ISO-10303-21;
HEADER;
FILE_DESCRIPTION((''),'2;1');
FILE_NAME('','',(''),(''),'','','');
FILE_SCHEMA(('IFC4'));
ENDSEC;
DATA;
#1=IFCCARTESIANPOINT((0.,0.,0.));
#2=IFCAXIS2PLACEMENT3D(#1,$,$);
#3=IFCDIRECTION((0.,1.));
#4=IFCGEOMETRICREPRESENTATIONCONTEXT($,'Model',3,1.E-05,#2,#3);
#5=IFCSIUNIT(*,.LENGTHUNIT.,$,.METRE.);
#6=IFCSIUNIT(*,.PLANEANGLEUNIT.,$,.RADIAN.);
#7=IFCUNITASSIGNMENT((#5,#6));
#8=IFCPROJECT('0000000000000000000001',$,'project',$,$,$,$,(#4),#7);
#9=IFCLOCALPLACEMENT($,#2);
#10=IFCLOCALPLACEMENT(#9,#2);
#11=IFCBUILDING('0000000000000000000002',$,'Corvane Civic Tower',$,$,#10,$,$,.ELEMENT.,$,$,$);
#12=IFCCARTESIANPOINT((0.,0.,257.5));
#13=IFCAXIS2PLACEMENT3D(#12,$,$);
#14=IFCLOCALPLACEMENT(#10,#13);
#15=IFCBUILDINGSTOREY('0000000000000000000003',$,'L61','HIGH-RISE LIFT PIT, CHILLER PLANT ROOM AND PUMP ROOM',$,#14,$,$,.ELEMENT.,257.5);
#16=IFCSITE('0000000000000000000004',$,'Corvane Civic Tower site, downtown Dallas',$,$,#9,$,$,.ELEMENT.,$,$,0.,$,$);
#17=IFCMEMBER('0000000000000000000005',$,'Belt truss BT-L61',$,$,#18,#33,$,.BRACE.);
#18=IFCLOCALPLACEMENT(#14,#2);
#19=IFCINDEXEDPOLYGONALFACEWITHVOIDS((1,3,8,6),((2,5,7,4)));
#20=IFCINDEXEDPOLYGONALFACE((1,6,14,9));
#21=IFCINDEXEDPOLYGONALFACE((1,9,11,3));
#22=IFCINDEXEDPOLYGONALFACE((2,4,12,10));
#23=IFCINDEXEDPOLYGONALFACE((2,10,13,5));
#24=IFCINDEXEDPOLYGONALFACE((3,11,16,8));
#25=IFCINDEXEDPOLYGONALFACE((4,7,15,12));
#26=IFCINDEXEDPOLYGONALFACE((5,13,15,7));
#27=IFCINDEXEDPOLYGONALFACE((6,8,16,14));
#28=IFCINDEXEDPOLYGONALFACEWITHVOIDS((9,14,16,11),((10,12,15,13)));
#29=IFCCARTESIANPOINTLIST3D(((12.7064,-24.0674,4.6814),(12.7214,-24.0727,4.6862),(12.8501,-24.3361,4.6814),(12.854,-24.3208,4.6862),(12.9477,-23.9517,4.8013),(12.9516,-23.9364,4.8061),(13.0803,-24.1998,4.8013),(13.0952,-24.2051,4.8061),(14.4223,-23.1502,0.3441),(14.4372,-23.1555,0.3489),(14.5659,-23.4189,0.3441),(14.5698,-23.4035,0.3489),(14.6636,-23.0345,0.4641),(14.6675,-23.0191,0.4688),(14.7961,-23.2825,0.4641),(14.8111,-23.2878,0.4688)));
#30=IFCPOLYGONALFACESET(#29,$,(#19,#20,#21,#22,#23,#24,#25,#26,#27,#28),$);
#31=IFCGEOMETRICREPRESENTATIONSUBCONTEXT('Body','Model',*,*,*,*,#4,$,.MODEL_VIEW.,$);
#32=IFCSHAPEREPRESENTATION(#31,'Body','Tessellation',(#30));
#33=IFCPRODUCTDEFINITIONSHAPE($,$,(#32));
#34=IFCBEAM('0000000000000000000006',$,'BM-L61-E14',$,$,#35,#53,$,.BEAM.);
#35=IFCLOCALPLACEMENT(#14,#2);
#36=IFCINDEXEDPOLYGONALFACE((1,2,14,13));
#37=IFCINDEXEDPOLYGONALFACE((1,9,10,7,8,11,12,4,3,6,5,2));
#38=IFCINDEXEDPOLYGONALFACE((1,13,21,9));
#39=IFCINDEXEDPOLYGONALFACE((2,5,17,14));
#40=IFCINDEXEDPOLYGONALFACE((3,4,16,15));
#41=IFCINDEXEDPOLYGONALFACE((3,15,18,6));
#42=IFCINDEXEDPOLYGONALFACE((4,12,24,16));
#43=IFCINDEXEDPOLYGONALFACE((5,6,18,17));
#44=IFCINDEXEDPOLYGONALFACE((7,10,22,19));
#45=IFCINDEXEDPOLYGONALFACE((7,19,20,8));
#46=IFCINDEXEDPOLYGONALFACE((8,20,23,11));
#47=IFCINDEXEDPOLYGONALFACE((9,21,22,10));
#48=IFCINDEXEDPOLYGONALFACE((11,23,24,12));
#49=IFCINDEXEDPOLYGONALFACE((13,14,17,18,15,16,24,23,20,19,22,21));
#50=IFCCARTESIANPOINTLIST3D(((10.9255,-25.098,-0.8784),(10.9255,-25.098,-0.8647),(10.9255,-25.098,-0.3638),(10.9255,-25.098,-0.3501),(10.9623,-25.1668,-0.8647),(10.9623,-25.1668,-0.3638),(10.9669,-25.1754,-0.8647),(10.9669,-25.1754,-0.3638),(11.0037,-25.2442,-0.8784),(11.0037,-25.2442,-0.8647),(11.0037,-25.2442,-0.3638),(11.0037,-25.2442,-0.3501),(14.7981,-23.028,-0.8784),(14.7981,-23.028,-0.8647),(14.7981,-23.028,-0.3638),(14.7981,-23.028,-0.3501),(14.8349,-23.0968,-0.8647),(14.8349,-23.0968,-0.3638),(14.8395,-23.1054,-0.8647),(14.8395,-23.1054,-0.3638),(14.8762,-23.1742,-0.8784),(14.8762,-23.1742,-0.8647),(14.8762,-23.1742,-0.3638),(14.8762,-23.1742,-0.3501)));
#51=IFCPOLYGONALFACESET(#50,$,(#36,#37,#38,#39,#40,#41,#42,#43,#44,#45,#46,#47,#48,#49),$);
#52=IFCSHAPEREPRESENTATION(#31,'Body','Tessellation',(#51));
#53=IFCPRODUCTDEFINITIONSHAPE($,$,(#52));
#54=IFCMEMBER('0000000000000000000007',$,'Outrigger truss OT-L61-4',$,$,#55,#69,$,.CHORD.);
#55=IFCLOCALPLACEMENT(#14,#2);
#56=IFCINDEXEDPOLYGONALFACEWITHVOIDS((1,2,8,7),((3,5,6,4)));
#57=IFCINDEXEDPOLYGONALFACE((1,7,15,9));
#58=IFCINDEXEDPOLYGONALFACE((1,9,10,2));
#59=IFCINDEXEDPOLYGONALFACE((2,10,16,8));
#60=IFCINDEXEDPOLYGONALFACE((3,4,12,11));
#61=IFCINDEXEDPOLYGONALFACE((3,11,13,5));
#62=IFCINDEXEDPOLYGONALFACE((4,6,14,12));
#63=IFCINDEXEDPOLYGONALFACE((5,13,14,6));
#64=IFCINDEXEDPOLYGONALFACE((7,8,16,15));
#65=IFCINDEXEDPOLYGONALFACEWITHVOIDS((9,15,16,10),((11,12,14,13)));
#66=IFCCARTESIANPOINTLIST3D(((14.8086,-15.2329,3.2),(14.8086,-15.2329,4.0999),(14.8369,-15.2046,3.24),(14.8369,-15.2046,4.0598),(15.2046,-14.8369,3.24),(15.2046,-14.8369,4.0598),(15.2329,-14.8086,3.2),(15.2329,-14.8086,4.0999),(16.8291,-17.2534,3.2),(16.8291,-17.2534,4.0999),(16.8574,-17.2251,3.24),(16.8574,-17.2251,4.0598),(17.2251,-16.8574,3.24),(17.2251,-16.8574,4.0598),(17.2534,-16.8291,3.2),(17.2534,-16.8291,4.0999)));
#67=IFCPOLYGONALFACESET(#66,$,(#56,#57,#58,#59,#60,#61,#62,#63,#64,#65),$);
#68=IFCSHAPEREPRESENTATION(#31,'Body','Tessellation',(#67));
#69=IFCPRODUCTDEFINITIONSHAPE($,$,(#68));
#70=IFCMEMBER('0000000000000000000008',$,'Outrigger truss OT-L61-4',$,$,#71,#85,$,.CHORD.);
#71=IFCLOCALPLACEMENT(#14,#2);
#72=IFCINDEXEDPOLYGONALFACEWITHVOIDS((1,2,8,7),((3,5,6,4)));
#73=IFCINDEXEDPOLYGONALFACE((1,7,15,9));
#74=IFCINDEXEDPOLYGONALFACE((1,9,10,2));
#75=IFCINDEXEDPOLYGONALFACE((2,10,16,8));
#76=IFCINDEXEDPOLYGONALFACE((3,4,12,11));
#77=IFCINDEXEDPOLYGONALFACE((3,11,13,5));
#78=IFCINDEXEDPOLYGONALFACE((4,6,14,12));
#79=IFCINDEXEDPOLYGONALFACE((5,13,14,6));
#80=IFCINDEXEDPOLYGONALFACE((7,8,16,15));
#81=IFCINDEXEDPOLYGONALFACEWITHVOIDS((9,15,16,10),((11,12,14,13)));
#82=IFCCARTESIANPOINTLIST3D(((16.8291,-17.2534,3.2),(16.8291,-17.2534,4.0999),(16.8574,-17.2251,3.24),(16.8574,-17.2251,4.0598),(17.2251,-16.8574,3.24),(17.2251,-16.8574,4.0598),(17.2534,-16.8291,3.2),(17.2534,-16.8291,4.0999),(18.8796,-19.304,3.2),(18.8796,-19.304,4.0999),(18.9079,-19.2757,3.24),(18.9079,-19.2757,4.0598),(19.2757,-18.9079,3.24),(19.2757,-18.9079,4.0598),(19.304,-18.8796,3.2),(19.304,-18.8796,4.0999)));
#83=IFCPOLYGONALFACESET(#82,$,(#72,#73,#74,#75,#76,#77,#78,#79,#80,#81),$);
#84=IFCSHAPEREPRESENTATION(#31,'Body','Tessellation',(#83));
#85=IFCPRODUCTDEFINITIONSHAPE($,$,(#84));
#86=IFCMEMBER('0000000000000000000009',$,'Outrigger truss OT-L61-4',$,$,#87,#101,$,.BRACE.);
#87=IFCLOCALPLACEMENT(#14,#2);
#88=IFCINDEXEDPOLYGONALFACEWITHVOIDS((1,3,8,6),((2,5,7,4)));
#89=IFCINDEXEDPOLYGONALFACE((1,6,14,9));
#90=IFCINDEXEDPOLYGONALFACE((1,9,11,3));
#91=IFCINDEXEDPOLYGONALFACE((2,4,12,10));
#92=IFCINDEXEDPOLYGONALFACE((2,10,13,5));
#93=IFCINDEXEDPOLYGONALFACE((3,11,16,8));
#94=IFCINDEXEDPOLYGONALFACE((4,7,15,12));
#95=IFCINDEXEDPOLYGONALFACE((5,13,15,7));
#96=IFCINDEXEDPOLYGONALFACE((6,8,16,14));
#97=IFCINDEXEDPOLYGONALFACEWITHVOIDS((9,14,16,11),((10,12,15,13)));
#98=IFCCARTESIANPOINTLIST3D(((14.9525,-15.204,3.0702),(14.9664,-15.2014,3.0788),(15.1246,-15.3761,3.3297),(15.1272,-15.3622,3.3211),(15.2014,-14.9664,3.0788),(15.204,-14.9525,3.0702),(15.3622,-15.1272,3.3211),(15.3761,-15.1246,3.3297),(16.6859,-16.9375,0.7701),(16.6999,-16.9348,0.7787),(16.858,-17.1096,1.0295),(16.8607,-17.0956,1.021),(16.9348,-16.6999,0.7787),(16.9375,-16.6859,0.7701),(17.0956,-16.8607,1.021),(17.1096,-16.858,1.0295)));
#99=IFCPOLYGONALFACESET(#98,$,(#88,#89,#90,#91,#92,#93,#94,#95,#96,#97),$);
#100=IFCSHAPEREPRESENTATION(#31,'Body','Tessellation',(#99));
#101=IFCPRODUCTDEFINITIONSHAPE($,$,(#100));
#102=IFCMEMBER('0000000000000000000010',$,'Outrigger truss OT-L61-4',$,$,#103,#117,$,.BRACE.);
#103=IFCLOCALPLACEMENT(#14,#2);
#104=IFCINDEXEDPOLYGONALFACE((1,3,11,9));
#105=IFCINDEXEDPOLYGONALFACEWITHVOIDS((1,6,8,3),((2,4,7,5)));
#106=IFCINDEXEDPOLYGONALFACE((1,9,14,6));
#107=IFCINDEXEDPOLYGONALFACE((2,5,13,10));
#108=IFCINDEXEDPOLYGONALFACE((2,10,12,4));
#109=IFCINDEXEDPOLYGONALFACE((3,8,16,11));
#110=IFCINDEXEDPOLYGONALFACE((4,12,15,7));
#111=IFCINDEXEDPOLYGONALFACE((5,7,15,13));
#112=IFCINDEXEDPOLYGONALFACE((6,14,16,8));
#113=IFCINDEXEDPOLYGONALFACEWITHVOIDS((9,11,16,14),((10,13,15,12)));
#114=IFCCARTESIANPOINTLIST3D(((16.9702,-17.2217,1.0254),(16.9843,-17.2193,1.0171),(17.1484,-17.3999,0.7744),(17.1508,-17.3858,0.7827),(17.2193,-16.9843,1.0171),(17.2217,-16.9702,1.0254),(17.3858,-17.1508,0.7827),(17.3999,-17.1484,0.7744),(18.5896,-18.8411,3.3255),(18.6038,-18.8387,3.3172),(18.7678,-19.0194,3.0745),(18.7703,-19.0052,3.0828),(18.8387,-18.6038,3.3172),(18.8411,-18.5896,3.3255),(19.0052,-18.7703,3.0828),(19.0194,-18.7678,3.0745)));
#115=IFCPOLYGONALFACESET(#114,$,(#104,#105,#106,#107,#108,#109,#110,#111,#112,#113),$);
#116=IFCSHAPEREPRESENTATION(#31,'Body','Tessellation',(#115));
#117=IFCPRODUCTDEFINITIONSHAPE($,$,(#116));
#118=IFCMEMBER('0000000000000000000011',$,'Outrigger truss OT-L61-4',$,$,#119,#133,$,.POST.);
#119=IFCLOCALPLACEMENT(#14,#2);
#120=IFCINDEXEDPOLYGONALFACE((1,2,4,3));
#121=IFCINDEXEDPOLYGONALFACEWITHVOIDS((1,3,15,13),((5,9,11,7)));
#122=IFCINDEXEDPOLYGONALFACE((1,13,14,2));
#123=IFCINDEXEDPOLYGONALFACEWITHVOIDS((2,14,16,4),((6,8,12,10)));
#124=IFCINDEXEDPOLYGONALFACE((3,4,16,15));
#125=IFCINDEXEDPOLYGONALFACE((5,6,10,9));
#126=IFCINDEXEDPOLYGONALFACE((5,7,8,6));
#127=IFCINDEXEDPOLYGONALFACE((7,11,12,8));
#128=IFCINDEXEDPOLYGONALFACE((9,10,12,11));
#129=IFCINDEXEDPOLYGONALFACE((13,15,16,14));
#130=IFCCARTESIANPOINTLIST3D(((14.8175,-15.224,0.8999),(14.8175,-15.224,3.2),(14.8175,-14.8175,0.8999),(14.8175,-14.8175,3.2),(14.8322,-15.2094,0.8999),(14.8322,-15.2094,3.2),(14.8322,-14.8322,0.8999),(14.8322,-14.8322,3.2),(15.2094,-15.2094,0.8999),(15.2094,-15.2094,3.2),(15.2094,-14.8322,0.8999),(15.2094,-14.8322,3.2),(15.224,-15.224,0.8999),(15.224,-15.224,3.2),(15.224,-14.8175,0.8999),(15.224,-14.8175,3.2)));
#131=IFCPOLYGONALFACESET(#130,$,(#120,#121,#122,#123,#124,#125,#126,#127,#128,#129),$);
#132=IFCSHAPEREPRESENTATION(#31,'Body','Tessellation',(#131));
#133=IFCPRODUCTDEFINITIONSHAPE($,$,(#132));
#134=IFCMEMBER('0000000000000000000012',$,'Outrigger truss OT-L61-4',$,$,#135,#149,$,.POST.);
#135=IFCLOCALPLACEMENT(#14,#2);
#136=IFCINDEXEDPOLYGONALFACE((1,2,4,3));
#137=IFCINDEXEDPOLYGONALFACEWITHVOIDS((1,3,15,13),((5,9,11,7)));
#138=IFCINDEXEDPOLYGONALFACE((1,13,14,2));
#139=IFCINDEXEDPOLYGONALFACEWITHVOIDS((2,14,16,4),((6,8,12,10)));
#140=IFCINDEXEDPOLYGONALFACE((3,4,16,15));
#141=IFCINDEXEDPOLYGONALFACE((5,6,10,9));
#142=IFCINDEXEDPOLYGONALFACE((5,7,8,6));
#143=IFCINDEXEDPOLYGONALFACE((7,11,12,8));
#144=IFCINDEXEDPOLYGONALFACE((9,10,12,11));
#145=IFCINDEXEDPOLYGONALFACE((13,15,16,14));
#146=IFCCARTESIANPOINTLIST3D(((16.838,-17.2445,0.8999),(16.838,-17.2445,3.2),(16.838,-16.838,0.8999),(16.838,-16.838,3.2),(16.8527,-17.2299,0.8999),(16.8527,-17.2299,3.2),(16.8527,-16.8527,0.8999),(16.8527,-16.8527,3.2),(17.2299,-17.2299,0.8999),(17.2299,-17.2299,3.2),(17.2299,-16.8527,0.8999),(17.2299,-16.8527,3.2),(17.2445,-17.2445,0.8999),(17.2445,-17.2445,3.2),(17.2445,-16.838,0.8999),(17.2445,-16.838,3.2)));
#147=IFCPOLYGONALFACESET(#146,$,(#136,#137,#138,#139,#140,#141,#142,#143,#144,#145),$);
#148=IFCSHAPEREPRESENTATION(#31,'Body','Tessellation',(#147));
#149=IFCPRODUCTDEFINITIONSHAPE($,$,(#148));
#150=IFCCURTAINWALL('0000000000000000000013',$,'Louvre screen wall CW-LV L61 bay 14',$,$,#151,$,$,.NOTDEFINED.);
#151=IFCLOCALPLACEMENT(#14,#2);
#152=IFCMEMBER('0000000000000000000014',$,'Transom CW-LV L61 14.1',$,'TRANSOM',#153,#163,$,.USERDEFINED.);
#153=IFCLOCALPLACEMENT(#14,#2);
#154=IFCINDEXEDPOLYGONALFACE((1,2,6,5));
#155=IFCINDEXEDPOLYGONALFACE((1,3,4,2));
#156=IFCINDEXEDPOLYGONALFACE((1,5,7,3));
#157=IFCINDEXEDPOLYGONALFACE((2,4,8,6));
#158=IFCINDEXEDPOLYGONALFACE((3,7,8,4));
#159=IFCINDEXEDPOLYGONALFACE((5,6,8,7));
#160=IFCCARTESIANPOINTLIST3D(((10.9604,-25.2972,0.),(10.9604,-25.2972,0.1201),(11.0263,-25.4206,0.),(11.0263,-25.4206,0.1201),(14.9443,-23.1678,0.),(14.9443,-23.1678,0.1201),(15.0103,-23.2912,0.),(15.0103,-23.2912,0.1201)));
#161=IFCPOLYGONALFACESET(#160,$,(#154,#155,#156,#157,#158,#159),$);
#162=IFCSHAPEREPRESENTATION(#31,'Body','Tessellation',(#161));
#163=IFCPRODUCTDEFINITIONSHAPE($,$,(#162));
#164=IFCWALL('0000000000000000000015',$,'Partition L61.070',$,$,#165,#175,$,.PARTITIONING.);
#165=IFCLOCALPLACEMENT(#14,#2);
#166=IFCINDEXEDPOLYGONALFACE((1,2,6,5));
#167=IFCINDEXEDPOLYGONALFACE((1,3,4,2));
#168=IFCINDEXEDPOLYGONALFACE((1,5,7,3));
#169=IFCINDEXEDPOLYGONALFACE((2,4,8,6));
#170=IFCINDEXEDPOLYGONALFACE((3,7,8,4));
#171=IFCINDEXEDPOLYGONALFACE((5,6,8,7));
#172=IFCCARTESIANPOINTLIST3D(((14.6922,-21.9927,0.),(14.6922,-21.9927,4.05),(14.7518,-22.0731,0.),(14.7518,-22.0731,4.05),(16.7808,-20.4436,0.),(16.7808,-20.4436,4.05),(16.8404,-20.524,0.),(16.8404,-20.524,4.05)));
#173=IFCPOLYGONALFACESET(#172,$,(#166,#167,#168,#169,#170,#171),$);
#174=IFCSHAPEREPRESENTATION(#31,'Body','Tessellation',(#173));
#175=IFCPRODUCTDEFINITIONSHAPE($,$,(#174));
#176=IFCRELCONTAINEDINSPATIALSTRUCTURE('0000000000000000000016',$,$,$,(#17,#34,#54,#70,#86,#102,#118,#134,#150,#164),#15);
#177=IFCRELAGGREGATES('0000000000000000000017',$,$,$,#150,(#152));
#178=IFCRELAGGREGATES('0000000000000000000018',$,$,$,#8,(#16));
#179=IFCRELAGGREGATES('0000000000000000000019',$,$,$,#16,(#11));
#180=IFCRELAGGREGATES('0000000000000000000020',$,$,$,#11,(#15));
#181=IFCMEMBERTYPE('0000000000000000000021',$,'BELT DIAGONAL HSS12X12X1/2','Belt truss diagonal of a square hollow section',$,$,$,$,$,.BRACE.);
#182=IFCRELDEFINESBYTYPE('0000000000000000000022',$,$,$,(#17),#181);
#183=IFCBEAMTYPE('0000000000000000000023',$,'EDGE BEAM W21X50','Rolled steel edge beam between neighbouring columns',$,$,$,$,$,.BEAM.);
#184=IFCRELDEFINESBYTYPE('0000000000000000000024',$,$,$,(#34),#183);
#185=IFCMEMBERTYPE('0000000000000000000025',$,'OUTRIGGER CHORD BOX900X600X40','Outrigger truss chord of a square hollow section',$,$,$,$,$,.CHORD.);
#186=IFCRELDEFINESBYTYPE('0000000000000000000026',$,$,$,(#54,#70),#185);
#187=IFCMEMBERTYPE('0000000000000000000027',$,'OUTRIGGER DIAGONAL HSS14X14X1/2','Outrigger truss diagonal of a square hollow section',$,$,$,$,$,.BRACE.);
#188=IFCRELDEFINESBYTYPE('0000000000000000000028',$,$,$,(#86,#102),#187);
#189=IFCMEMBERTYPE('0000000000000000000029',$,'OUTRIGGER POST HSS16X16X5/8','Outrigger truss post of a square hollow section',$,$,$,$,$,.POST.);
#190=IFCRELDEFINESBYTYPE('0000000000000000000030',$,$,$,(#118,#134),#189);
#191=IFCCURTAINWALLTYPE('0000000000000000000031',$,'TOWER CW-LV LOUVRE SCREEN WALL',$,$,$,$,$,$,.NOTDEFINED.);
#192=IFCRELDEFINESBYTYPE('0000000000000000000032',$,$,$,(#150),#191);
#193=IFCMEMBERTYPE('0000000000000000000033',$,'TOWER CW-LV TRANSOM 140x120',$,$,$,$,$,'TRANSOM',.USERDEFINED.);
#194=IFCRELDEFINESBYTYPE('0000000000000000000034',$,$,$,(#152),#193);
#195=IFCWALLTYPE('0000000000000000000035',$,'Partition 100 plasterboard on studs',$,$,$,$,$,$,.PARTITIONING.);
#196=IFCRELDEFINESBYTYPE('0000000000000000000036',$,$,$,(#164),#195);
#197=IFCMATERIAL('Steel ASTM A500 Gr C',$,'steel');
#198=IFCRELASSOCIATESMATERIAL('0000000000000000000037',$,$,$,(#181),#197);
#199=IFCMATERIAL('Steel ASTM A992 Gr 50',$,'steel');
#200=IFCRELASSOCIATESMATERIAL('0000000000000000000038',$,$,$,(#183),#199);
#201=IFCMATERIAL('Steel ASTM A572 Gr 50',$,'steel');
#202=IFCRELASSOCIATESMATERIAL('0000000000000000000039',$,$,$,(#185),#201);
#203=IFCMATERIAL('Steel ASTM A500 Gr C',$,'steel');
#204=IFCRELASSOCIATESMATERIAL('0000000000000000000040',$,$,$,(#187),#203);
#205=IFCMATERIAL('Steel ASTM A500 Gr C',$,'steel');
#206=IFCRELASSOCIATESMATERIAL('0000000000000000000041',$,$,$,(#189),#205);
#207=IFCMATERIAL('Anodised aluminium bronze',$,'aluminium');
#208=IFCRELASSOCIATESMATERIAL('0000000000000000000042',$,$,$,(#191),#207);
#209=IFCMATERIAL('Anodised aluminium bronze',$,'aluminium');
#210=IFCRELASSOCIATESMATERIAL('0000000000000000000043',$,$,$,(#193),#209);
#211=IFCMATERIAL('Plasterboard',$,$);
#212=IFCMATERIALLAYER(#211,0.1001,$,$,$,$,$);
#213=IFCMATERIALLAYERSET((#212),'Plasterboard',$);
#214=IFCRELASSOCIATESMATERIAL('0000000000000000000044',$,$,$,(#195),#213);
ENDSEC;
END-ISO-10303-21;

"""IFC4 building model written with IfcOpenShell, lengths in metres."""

from ifc_helpers import new_model, si_unit, direction, frame, frame_2d, origin, origin_2d, place, context, subcontext, project, spatial, rectangle, hollow_rectangle, i_section, extrude, material, layer, layer_set, material_profile, profile_set, type_object, element, aggregate, save


model = new_model("IFC4")

# Units and contexts
model_context = context("Model", 3, precision=1e-05, world=origin(), true_north=direction((0.0, 1.0)))
body_context = subcontext(model_context, "Body", "Model", "MODEL_VIEW")
ifc_project = project(units=[si_unit("LENGTHUNIT", "METRE"), si_unit("PLANEANGLEUNIT", "RADIAN")], contexts=[model_context])

# Site, building, storey
site_placement = place(None, origin())
site = spatial("IfcSite", under=ifc_project, at=site_placement, Name="Corvane Civic Tower site, downtown Dallas", CompositionType="ELEMENT", RefElevation=0.0)
building_placement = place(site_placement, origin())
building = spatial("IfcBuilding", under=site, at=building_placement, Name="Corvane Civic Tower", CompositionType="ELEMENT")
storey_placement = place(building_placement, frame((0.0, 0.0, 257.5)))
storey = spatial("IfcBuildingStorey", under=building, at=storey_placement, Name="L61", Description="HIGH-RISE LIFT PIT, CHILLER PLANT ROOM AND PUMP ROOM", CompositionType="ELEMENT", Elevation=257.5)

# Member
ifc_material_1 = material(Name="Steel ASTM A500 Gr C", Category="steel")
ifc_material_profile_1 = material_profile(ifc_material_1, hollow_rectangle(XDim=0.3047, YDim=0.3047, WallThickness=0.0117, at=origin_2d()), Name="HSS12X12X1/2")
ifc_profile_set_1 = profile_set([ifc_material_profile_1], Name="Steel ASTM A500 Gr C")
member_type_1 = type_object("IfcMemberType", Name="BELT DIAGONAL HSS12X12X1/2", Description="Belt truss diagonal of a square hollow section", PredefinedType="BRACE", material=ifc_profile_set_1)
member_1_placement = place(storey_placement, frame((14.6167, -23.219, 0.4065), z_axis=(-0.360955, -0.192958, 0.912403), x_axis=(0.471441, -0.881897, 0.0)))
element("IfcMember", 1, at=member_1_placement, inside=storey, type_object=member_type_1, Name="Belt truss BT-L61", PredefinedType="BRACE", context=body_context, shape_type="SweptSolid", body=[
    extrude(hollow_rectangle(XDim=0.3047, YDim=0.3047, WallThickness=0.0117, at=origin_2d()), origin(), (0.0, 0.0, 1.0), 4.7537),
])

# Beam
ifc_material_2 = material(Name="Steel ASTM A992 Gr 50", Category="steel")
ifc_material_profile_2 = material_profile(ifc_material_2, i_section(OverallWidth=0.1658, OverallDepth=0.5283, WebThickness=0.0098, FlangeThickness=0.0137, at=origin_2d()), Name="W21X50")
ifc_profile_set_2 = profile_set([ifc_material_profile_2], Name="Steel ASTM A992 Gr 50")
beam_type = type_object("IfcBeamType", Name="EDGE BEAM W21X50", Description="Rolled steel edge beam between neighbouring columns", PredefinedType="BEAM", material=ifc_profile_set_2)
beam_placement = place(storey_placement, frame((14.8372, -23.1011, -0.6143), z_axis=(-0.881908, -0.471422, 0.0), x_axis=(0.471422, -0.881908, 0.0)))
element("IfcBeam", 2, at=beam_placement, inside=storey, type_object=beam_type, Name="BM-L61-E14", PredefinedType="BEAM", context=body_context, shape_type="SweptSolid", body=[
    extrude(i_section(OverallWidth=0.1658, OverallDepth=0.5283, WebThickness=0.0098, FlangeThickness=0.0137, at=origin_2d()), origin(), (0.0, 0.0, 1.0), 4.3911),
])

# Members
ifc_material_3 = material(Name="Steel ASTM A572 Gr 50", Category="steel")
ifc_material_profile_3 = material_profile(ifc_material_3, hollow_rectangle(XDim=0.6001, YDim=0.8999, WallThickness=0.04, at=origin_2d()), Name="BOX900X600X40")
ifc_profile_set_3 = profile_set([ifc_material_profile_3], Name="Steel ASTM A572 Gr 50")
member_type_2 = type_object("IfcMemberType", Name="OUTRIGGER CHORD BOX900X600X40", Description="Outrigger truss chord of a square hollow section", PredefinedType="CHORD", material=ifc_profile_set_3)
member_2_placement = place(storey_placement, frame((15.0208, -15.0208, 3.6499), z_axis=(0.707107, -0.707107, 0.0), x_axis=(0.707107, 0.707107, 0.0)))
element("IfcMember", 3, at=member_2_placement, inside=storey, type_object=member_type_2, Name="Outrigger truss OT-L61-4", PredefinedType="CHORD", context=body_context, shape_type="SweptSolid", body=[
    extrude(hollow_rectangle(XDim=0.6001, YDim=0.8999, WallThickness=0.04, at=origin_2d()), origin(), (0.0, 0.0, 1.0), 2.8574),
])
member_3_placement = place(storey_placement, frame((17.0413, -17.0413, 3.6499), z_axis=(0.707107, -0.707107, 0.0), x_axis=(0.707107, 0.707107, 0.0)))
element("IfcMember", 4, at=member_3_placement, inside=storey, type_object=member_type_2, Name="Outrigger truss OT-L61-4", PredefinedType="CHORD", context=body_context, shape_type="SweptSolid", body=[
    extrude(hollow_rectangle(XDim=0.6001, YDim=0.8999, WallThickness=0.04, at=origin_2d()), origin(), (0.0, 0.0, 1.0), 2.8999),
])
ifc_material_4 = material(Name="Steel ASTM A500 Gr C", Category="steel")
ifc_material_profile_4 = material_profile(ifc_material_4, hollow_rectangle(XDim=0.3557, YDim=0.3557, WallThickness=0.0117, at=origin_2d()), Name="HSS14X14X1/2")
ifc_profile_set_4 = profile_set([ifc_material_profile_4], Name="Steel ASTM A500 Gr C")
member_type_3 = type_object("IfcMemberType", Name="OUTRIGGER DIAGONAL HSS14X14X1/2", Description="Outrigger truss diagonal of a square hollow section", PredefinedType="BRACE", material=ifc_profile_set_4)
member_4_placement = place(storey_placement, frame((15.1643, -15.1643, 3.2), z_axis=(0.515665, -0.515665, -0.684236), x_axis=(0.707107, 0.707107, 0.0)))
element("IfcMember", 5, at=member_4_placement, inside=storey, type_object=member_type_3, Name="Outrigger truss OT-L61-4", PredefinedType="BRACE", context=body_context, shape_type="SweptSolid", body=[
    extrude(hollow_rectangle(XDim=0.3557, YDim=0.3557, WallThickness=0.0117, at=origin_2d()), origin(), (0.0, 0.0, 1.0), 3.3616),
])
member_5_placement = place(storey_placement, frame((17.1851, -17.1851, 0.8999), z_axis=(0.498921, -0.498921, 0.708629), x_axis=(0.707107, 0.707107, 0.0)))
element("IfcMember", 6, at=member_5_placement, inside=storey, type_object=member_type_3, Name="Outrigger truss OT-L61-4", PredefinedType="BRACE", context=body_context, shape_type="SweptSolid", body=[
    extrude(hollow_rectangle(XDim=0.3557, YDim=0.3557, WallThickness=0.0117, at=origin_2d()), origin(), (0.0, 0.0, 1.0), 3.2458),
])
ifc_material_5 = material(Name="Steel ASTM A500 Gr C", Category="steel")
ifc_material_profile_5 = material_profile(ifc_material_5, hollow_rectangle(XDim=0.4065, YDim=0.4065, WallThickness=0.0146, at=origin_2d()), Name="HSS16X16X5/8")
ifc_profile_set_5 = profile_set([ifc_material_profile_5], Name="Steel ASTM A500 Gr C")
member_type_4 = type_object("IfcMemberType", Name="OUTRIGGER POST HSS16X16X5/8", Description="Outrigger truss post of a square hollow section", PredefinedType="POST", material=ifc_profile_set_5)
for number, where, z_axis, x_axis, name in (
    (7, (15.0208, -15.0208, 0.8999), (0.0, 0.0, 1.0), (1.0, 0.0, 0.0), "Outrigger truss OT-L61-4"),
    (8, (17.0413, -17.0413, 0.8999), (0.0, 0.0, 1.0), (1.0, 0.0, 0.0), "Outrigger truss OT-L61-4"),
):
    element("IfcMember", number, at=place(storey_placement, frame(where, z_axis=z_axis, x_axis=x_axis)), inside=storey, type_object=member_type_4, Name=name, PredefinedType="POST", context=body_context, shape_type="SweptSolid", body=[
        extrude(hollow_rectangle(XDim=0.4065, YDim=0.4065, WallThickness=0.0146, at=origin_2d()), origin(), (0.0, 0.0, 1.0), 2.3),
    ])

# Curtain wall, member
ifc_material_6 = material(Name="Anodised aluminium bronze", Category="aluminium")
curtain_wall_type = type_object("IfcCurtainWallType", Name="TOWER CW-LV LOUVRE SCREEN WALL", PredefinedType="NOTDEFINED", material=ifc_material_6)
curtain_wall_placement = place(storey_placement, origin())
curtain_wall = element("IfcCurtainWall", 9, at=curtain_wall_placement, inside=storey, type_object=curtain_wall_type, Name="Louvre screen wall CW-LV L61 bay 14", PredefinedType="NOTDEFINED")
ifc_material_7 = material(Name="Anodised aluminium bronze", Category="aluminium")
ifc_material_profile_6 = material_profile(ifc_material_7, rectangle(XDim=0.1399, YDim=0.1201, at=origin_2d()), Name="TOWER CW-LV TRANSOM 140x120")
ifc_profile_set_6 = profile_set([ifc_material_profile_6], Name="Anodised aluminium bronze")
member_type_5 = type_object("IfcMemberType", Name="TOWER CW-LV TRANSOM 140x120", ElementType="TRANSOM", PredefinedType="USERDEFINED", material=ifc_profile_set_6)
member_6_placement = place(storey_placement, frame((14.9773, -23.2295, 0.0601), z_axis=(-0.881925, -0.47139, 0.0), x_axis=(0.47139, -0.881925, 0.0)))
member_6 = element("IfcMember", 10, at=member_6_placement, type_object=member_type_5, Name="Transom CW-LV L61 14.1", ObjectType="TRANSOM", PredefinedType="USERDEFINED", context=body_context, shape_type="SweptSolid", body=[
    extrude(rectangle(XDim=0.1399, YDim=0.1201, at=origin_2d()), origin(), (0.0, 0.0, 1.0), 4.5173),
])

# Wall
ifc_material_8 = material(Name="Plasterboard")
ifc_layer = layer(ifc_material_8, 0.1001)
ifc_layer_set = layer_set([ifc_layer], Name="Plasterboard")
wall_type = type_object("IfcWallType", Name="Partition 100 plasterboard on studs", PredefinedType="PARTITIONING", material=ifc_layer_set)
wall_1_placement = place(storey_placement, frame((14.7219, -22.033, 0.0), z_axis=(0.0, 0.0, 1.0), x_axis=(0.803199, 0.59571, 0.0)))
element("IfcWall", 11, at=wall_1_placement, inside=storey, type_object=wall_type, Name="Partition L61.070", PredefinedType="PARTITIONING", context=body_context, shape_type="SweptSolid", body=[
    extrude(rectangle(XDim=2.6003, YDim=0.1001, at=frame_2d((1.3003, 0.0))), origin(), (0.0, 0.0, 1.0), 4.05),
])

aggregate(curtain_wall, [member_6])

save(model, "model.ifc")
